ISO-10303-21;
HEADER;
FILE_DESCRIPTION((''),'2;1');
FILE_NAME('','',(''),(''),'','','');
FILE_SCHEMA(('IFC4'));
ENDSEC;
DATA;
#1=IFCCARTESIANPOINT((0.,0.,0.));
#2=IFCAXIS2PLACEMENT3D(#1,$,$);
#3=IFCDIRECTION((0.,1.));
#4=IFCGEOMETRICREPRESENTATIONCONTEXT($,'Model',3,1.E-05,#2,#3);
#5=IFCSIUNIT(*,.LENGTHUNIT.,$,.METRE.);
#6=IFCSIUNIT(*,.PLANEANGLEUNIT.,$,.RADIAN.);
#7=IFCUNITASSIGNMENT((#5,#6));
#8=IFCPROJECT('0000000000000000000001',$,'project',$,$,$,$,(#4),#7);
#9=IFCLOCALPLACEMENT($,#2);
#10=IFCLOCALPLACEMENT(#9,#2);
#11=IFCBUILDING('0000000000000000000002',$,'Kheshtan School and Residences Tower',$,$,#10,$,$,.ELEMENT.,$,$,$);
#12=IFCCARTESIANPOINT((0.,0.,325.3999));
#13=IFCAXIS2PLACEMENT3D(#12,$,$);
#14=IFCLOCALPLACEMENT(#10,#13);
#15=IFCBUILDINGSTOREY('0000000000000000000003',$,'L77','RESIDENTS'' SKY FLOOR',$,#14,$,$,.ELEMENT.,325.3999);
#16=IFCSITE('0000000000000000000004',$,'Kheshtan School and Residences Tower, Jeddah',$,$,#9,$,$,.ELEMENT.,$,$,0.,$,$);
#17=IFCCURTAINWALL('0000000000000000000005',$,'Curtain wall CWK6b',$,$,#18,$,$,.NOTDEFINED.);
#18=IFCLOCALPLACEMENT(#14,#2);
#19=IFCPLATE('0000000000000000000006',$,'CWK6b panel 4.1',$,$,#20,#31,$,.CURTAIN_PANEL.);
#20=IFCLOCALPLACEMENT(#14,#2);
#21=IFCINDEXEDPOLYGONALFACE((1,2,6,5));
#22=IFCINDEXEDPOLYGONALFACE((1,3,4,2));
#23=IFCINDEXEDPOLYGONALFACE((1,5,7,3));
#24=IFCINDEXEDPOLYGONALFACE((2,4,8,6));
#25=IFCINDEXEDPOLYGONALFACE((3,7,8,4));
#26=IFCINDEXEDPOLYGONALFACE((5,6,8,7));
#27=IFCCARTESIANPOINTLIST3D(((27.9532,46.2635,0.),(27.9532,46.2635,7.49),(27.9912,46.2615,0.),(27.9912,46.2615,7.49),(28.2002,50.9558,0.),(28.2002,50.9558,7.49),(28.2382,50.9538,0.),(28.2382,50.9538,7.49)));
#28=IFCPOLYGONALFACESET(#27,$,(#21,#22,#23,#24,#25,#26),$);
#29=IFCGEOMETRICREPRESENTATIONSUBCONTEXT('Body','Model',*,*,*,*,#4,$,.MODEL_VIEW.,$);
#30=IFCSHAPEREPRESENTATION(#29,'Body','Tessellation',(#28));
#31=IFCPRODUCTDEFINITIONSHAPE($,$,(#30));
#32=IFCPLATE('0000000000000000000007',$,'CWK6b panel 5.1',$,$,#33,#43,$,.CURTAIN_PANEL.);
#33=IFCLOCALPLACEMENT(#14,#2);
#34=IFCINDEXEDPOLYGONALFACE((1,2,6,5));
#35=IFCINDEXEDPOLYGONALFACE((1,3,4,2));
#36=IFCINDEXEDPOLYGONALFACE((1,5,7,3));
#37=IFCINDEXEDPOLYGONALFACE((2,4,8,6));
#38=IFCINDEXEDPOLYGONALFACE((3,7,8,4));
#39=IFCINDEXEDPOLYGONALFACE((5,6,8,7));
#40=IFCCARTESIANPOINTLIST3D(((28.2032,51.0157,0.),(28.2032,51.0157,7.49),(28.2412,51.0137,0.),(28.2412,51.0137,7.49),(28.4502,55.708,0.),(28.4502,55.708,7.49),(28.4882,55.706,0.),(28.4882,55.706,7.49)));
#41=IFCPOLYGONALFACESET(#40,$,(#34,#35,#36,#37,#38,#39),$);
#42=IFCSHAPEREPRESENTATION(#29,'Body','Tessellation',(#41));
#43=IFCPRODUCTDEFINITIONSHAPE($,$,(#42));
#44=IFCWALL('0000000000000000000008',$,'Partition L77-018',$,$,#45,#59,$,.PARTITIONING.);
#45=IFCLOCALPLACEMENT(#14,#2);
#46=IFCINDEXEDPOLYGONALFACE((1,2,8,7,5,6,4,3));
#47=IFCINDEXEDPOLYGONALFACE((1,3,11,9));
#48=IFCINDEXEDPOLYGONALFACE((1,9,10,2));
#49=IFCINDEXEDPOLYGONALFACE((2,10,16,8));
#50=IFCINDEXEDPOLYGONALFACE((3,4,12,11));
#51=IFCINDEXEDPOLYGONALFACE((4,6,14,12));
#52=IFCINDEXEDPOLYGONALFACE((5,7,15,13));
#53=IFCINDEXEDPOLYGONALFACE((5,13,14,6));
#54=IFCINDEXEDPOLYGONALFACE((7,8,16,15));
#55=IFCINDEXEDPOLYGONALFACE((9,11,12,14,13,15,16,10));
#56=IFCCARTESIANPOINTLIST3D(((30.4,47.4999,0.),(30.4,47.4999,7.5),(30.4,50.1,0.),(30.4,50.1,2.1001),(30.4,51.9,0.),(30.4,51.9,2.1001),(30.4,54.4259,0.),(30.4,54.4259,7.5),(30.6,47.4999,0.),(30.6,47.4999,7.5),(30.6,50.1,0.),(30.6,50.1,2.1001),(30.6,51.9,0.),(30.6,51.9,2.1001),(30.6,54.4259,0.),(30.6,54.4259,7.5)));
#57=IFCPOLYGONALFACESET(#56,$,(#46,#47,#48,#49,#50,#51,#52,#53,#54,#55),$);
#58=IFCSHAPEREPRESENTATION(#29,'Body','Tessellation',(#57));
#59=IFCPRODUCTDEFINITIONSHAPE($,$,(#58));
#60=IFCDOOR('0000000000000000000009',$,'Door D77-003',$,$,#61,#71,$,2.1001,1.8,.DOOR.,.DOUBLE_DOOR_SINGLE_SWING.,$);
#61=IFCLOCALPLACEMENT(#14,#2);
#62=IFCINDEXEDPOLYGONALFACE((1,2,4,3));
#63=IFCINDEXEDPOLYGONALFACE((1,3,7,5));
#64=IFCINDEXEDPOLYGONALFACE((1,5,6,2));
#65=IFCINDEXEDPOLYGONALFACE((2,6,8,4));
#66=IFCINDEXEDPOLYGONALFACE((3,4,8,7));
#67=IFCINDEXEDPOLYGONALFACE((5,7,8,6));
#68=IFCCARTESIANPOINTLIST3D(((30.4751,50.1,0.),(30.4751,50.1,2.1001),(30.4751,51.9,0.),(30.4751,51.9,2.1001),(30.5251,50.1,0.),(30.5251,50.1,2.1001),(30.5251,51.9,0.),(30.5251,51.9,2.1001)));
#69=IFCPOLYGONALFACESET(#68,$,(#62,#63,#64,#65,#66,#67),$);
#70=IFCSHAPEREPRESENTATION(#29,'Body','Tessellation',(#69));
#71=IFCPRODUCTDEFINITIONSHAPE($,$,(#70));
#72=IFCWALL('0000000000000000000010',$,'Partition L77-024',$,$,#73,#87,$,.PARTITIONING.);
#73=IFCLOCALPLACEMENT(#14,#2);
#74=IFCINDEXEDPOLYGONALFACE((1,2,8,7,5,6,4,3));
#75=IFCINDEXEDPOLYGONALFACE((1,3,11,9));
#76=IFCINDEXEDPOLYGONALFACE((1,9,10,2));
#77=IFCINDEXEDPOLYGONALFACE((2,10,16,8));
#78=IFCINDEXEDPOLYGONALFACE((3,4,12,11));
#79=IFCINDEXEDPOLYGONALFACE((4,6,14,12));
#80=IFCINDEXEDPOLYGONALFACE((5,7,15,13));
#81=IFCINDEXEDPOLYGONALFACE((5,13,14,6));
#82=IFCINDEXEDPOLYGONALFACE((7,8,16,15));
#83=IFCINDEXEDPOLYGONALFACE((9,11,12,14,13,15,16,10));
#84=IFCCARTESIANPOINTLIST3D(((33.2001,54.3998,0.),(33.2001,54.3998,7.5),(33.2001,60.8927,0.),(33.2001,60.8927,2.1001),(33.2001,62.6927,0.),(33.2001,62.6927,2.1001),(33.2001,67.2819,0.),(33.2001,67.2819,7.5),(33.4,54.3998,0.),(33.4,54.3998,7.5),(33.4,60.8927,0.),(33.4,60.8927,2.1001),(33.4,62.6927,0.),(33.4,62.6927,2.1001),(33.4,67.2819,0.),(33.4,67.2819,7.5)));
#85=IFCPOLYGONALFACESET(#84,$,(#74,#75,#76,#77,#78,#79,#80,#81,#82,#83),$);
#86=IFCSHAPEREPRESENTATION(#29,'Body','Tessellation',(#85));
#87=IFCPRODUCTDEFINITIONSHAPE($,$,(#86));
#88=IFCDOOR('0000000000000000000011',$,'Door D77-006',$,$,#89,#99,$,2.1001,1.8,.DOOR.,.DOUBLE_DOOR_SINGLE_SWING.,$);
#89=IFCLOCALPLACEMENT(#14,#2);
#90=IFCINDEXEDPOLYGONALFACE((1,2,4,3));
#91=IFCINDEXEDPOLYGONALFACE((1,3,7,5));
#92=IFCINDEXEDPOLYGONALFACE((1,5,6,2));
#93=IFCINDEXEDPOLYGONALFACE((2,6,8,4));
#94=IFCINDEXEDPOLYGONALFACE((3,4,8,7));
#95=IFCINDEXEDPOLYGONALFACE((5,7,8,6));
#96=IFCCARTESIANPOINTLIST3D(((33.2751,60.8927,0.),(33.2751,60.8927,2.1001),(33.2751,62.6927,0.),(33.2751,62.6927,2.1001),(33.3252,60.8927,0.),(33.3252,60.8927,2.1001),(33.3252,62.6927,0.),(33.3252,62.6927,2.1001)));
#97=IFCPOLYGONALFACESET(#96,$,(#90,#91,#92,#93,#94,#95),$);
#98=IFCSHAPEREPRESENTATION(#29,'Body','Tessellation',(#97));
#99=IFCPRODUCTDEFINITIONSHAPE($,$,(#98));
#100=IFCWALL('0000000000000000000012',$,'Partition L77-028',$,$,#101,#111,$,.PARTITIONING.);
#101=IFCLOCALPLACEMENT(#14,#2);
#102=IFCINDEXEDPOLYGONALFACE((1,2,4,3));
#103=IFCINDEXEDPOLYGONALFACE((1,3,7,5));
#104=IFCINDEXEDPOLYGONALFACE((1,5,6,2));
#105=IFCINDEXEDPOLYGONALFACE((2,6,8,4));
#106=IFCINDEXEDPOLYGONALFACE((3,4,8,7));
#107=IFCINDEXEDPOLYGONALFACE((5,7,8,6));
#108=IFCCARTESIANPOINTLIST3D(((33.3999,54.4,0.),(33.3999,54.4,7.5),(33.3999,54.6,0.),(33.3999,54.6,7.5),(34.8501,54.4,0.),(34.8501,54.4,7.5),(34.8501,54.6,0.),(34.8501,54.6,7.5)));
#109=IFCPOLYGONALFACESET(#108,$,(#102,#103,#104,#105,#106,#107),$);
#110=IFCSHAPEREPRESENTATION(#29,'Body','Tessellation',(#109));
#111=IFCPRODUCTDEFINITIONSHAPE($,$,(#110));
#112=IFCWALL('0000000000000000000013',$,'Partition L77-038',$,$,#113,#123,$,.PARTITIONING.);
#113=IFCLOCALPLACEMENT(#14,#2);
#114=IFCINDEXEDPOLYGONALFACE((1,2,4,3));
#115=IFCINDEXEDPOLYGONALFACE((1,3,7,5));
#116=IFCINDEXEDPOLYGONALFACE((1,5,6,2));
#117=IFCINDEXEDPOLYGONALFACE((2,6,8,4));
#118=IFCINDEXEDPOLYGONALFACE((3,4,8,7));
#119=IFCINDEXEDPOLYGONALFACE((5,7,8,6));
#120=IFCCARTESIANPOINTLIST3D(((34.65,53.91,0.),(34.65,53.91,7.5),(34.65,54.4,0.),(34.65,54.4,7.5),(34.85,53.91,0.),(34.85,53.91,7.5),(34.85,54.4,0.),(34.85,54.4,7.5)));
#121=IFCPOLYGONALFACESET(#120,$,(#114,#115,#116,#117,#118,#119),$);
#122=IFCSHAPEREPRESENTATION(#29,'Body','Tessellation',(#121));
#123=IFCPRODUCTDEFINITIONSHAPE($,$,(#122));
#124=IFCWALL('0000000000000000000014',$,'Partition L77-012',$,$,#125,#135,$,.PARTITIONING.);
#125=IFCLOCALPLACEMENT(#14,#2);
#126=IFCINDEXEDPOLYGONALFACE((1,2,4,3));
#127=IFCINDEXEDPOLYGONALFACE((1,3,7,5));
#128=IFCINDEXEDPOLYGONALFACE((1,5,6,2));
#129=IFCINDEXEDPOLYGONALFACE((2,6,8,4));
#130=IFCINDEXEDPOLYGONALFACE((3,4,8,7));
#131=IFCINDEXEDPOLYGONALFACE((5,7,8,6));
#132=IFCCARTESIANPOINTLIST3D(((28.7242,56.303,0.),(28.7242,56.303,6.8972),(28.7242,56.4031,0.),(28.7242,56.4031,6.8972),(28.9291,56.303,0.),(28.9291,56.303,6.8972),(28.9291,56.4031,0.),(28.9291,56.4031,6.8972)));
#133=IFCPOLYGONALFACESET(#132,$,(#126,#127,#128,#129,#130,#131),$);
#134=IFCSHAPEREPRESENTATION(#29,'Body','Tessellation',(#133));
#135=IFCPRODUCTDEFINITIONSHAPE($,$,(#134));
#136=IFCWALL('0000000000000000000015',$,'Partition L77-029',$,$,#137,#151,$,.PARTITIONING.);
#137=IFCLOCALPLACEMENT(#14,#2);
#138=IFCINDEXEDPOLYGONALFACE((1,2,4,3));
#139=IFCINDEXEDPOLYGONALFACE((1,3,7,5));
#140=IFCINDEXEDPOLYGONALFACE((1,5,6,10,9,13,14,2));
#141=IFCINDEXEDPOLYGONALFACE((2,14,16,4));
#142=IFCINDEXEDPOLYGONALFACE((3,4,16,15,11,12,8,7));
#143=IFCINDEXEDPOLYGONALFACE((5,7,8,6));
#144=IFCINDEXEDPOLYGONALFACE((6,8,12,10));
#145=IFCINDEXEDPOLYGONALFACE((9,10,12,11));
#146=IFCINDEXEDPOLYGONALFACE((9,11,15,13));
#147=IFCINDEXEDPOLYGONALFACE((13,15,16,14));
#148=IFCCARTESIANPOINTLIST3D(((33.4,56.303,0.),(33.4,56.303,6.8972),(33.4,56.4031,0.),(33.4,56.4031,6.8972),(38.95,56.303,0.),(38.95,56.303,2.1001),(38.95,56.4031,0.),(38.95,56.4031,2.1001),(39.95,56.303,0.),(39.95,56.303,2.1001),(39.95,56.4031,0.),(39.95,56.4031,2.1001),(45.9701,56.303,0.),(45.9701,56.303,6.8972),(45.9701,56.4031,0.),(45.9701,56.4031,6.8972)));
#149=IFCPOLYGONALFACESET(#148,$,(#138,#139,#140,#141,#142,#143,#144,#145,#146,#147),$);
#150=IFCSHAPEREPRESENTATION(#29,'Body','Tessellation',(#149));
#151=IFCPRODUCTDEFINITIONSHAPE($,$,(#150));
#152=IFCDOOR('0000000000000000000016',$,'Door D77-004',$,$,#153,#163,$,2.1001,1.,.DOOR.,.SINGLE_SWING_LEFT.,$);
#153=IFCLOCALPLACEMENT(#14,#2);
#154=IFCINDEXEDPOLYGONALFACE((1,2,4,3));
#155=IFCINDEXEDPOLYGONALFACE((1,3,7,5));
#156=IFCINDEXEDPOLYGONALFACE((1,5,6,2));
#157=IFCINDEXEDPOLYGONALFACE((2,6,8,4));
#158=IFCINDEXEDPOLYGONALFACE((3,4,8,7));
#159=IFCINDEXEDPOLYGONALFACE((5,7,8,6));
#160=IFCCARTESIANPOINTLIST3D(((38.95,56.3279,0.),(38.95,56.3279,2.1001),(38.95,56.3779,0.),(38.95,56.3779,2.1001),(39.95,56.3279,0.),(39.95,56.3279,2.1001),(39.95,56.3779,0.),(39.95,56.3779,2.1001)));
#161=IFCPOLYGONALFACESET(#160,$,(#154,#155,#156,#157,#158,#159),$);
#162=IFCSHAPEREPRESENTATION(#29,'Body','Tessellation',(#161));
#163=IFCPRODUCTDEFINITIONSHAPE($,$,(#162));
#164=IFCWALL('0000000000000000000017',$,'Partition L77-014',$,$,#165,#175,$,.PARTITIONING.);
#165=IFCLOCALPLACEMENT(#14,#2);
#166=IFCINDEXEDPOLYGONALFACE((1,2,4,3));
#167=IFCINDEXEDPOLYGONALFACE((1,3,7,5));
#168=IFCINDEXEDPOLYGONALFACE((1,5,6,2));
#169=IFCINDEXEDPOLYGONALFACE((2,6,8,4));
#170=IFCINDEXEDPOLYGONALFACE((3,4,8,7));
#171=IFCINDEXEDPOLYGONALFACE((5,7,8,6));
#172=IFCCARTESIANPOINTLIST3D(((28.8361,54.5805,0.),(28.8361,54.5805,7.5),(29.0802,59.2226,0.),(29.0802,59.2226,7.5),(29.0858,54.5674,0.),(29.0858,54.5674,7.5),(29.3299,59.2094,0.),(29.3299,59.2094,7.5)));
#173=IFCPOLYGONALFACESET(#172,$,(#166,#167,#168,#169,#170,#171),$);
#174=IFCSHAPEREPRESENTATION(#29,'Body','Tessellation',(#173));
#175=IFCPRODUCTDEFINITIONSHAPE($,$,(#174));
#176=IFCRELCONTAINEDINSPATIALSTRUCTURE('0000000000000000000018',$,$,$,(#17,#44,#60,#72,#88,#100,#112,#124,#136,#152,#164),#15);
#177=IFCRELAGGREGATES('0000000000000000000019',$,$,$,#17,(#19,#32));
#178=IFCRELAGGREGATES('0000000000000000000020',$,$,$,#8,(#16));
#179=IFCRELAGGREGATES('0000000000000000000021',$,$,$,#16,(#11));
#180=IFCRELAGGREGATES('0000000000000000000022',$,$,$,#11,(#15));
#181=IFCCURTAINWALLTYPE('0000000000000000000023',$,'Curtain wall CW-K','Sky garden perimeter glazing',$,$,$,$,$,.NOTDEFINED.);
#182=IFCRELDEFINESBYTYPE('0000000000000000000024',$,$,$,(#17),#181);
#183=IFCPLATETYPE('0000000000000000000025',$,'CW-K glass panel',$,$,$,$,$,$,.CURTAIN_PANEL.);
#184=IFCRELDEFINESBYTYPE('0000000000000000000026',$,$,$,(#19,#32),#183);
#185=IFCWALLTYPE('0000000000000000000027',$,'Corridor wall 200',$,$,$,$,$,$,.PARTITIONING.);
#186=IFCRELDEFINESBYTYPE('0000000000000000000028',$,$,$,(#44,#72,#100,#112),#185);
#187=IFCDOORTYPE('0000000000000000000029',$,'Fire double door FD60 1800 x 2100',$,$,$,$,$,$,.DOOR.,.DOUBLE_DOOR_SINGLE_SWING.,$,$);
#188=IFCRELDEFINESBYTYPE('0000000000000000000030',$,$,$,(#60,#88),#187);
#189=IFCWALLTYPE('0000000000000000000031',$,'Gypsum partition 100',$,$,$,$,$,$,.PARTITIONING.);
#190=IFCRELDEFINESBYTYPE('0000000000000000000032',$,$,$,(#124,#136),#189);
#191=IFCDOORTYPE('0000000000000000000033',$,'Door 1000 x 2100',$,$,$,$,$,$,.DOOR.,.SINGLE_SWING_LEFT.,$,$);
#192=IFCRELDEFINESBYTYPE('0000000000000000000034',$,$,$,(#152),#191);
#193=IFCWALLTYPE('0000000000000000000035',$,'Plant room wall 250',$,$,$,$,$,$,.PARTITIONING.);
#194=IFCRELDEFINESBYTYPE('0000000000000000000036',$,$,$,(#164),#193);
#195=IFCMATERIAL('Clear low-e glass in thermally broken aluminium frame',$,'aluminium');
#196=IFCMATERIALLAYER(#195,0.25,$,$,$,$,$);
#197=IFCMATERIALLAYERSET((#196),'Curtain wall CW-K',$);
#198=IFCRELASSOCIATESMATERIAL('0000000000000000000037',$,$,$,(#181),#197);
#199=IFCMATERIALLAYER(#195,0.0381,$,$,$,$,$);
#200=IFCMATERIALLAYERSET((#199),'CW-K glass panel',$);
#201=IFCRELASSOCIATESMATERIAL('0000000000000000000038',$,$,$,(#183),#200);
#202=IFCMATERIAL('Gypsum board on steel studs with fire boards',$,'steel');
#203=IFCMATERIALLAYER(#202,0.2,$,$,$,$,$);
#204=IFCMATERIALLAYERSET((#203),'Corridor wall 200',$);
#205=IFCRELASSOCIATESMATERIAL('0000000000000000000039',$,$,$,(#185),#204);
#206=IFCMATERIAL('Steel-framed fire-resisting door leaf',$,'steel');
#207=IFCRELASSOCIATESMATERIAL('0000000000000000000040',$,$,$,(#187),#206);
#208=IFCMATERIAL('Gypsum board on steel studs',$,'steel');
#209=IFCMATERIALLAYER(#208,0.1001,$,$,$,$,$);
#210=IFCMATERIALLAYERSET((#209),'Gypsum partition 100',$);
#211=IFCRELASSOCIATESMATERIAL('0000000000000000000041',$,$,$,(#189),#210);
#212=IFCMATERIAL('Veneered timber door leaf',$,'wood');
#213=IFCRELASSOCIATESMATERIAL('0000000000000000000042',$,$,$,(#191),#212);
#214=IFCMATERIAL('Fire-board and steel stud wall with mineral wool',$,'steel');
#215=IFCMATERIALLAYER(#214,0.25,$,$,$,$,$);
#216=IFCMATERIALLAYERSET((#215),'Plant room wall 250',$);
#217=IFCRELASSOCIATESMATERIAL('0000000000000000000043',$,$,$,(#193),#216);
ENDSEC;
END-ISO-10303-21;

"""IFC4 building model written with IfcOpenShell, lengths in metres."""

from ifc_helpers import new_model, si_unit, direction, frame, frame_2d, origin, origin_2d, place, context, subcontext, project, spatial, rectangle, extrude, source, transform, mapped, material, layer, layer_set, type_object, element, fill, aggregate, save


model = new_model("IFC4")

# Units and contexts
model_context = context("Model", 3, precision=1e-05, world=origin(), true_north=direction((0.0, 1.0)))
body_context = subcontext(model_context, "Body", "Model", "MODEL_VIEW")
ifc_project = project(units=[si_unit("LENGTHUNIT", "METRE"), si_unit("PLANEANGLEUNIT", "RADIAN")], contexts=[model_context])

# Site, building, storey
site_placement = place(None, origin())
site = spatial("IfcSite", under=ifc_project, at=site_placement, Name="Kheshtan School and Residences Tower, Jeddah", CompositionType="ELEMENT", RefElevation=0.0)
building_placement = place(site_placement, origin())
building = spatial("IfcBuilding", under=site, at=building_placement, Name="Kheshtan School and Residences Tower", CompositionType="ELEMENT")
storey_placement = place(building_placement, frame((0.0, 0.0, 325.3999)))
storey = spatial("IfcBuildingStorey", under=building, at=storey_placement, Name="L77", Description="RESIDENTS' SKY FLOOR", CompositionType="ELEMENT", Elevation=325.3999)

# Curtain wall, plates
ifc_material_1 = material(Name="Clear low-e glass in thermally broken aluminium frame", Category="aluminium")
ifc_layer_1 = layer(ifc_material_1, 0.25)
ifc_layer_set_1 = layer_set([ifc_layer_1], Name="Curtain wall CW-K")
curtain_wall_type = type_object("IfcCurtainWallType", Name="Curtain wall CW-K", Description="Sky garden perimeter glazing", PredefinedType="NOTDEFINED", material=ifc_layer_set_1)
curtain_wall_placement = place(storey_placement, origin())
curtain_wall = element("IfcCurtainWall", 1, at=curtain_wall_placement, inside=storey, type_object=curtain_wall_type, Name="Curtain wall CWK6b", PredefinedType="NOTDEFINED")
ifc_layer_2 = layer(ifc_material_1, 0.0381)
ifc_layer_set_2 = layer_set([ifc_layer_2], Name="CW-K glass panel")
plate_type = type_object("IfcPlateType", Name="CW-K glass panel", PredefinedType="CURTAIN_PANEL", material=ifc_layer_set_2)
plate_1_placement = place(storey_placement, frame((28.0957, 48.6086, 0.0), z_axis=(0.0, 0.0, 1.0), x_axis=(0.052565, 0.998617, 0.0)))
plate_1 = element("IfcPlate", 2, at=plate_1_placement, type_object=plate_type, Name="CWK6b panel 4.1", PredefinedType="CURTAIN_PANEL", context=body_context, shape_type="SweptSolid", body=[
    extrude(rectangle(XDim=4.6987, YDim=0.0381, at=origin_2d()), origin(), (0.0, 0.0, 1.0), 7.49),
])
plate_2_placement = place(storey_placement, frame((28.3457, 53.3608, 0.0), z_axis=(0.0, 0.0, 1.0), x_axis=(0.052565, 0.998617, 0.0)))
plate_2 = element("IfcPlate", 3, at=plate_2_placement, type_object=plate_type, Name="CWK6b panel 5.1", PredefinedType="CURTAIN_PANEL", context=body_context, shape_type="SweptSolid", body=[
    extrude(rectangle(XDim=4.6987, YDim=0.0381, at=origin_2d()), origin(), (0.0, 0.0, 1.0), 7.49),
])
aggregate(curtain_wall, [plate_1, plate_2])

# Walls, openings, doors
ifc_material_2 = material(Name="Gypsum board on steel studs with fire boards", Category="steel")
ifc_layer_3 = layer(ifc_material_2, 0.2)
ifc_layer_set_3 = layer_set([ifc_layer_3], Name="Corridor wall 200")
wall_type_1 = type_object("IfcWallType", Name="Corridor wall 200", PredefinedType="PARTITIONING", material=ifc_layer_set_3)
wall_1_placement = place(storey_placement, frame((30.5, 47.5, 0.0), z_axis=(0.0, 0.0, 1.0), x_axis=(0.0, 1.0, 0.0)))
wall_1 = element("IfcWall", 4, at=wall_1_placement, inside=storey, type_object=wall_type_1, Name="Partition L77-018", PredefinedType="PARTITIONING", context=body_context, shape_type="SweptSolid", body=[
    extrude(rectangle(XDim=6.926, YDim=0.2, at=frame_2d((3.4629, 0.0))), origin(), (0.0, 0.0, 1.0), 7.5),
])
opening_1_placement = place(wall_1_placement, frame((2.6001, 0.0, 0.0)))
opening_1 = element("IfcOpeningElement", 5, at=opening_1_placement, cuts=wall_1, PredefinedType="OPENING", context=body_context, shape_type="SweptSolid", body=[
    extrude(rectangle(XDim=1.8, YDim=2.1001, at=frame_2d((0.8999, 1.05))), frame((0.0, 0.1099, 0.0), z_axis=(0.0, -1.0, 0.0), x_axis=(1.0, 0.0, 0.0)), (0.0, 0.0, 1.0), 0.22),
])
ifc_material_3 = material(Name="Steel-framed fire-resisting door leaf", Category="steel")
door_type_1 = type_object("IfcDoorType", Name="Fire double door FD60 1800 x 2100", OperationType="DOUBLE_DOOR_SINGLE_SWING", PredefinedType="DOOR", material=ifc_material_3)
shared_shape_1 = source(origin(), body_context, "Body", "SweptSolid", [
    extrude(rectangle(XDim=1.8, YDim=2.1001, at=frame_2d((0.8999, 1.05))), frame((0.0, 0.0249, 0.0), z_axis=(0.0, -1.0, 0.0), x_axis=(1.0, 0.0, 0.0)), (0.0, 0.0, 1.0), 0.05),
])
door_1_placement = place(opening_1_placement, origin())
door_1 = element("IfcDoor", 6, at=door_1_placement, inside=storey, type_object=door_type_1, Name="Door D77-003", OperationType="DOUBLE_DOOR_SINGLE_SWING", OverallHeight=2.1001, OverallWidth=1.8, PredefinedType="DOOR", context=body_context, shape_type="MappedRepresentation", body=[
    mapped(shared_shape_1, transform((0.0, 0.0, 0.0), x_axis=(1.0, 0.0, 0.0), y_axis=(0.0, 1.0, 0.0), z_axis=(0.0, 0.0, 1.0), scale=1.0)),
])
fill(opening_1, door_1)
wall_2_placement = place(storey_placement, frame((33.3, 54.3999, 0.0), z_axis=(0.0, 0.0, 1.0), x_axis=(0.0, 1.0, 0.0)))
wall_2 = element("IfcWall", 7, at=wall_2_placement, inside=storey, type_object=wall_type_1, Name="Partition L77-024", PredefinedType="PARTITIONING", context=body_context, shape_type="SweptSolid", body=[
    extrude(rectangle(XDim=12.8821, YDim=0.2, at=frame_2d((6.4409, 0.0))), origin(), (0.0, 0.0, 1.0), 7.5),
])
opening_2_placement = place(wall_2_placement, frame((6.4929, 0.0, 0.0)))
opening_2 = element("IfcOpeningElement", 8, at=opening_2_placement, cuts=wall_2, PredefinedType="OPENING", context=body_context, shape_type="SweptSolid", body=[
    extrude(rectangle(XDim=1.8, YDim=2.1001, at=frame_2d((0.8999, 1.05))), frame((0.0, 0.1099, 0.0), z_axis=(0.0, -1.0, 0.0), x_axis=(1.0, 0.0, 0.0)), (0.0, 0.0, 1.0), 0.22),
])
door_2_placement = place(opening_2_placement, origin())
door_2 = element("IfcDoor", 9, at=door_2_placement, inside=storey, type_object=door_type_1, Name="Door D77-006", OperationType="DOUBLE_DOOR_SINGLE_SWING", OverallHeight=2.1001, OverallWidth=1.8, PredefinedType="DOOR", context=body_context, shape_type="MappedRepresentation", body=[
    mapped(shared_shape_1, transform((0.0, 0.0, 0.0), x_axis=(1.0, 0.0, 0.0), y_axis=(0.0, 1.0, 0.0), z_axis=(0.0, 0.0, 1.0), scale=1.0)),
])
fill(opening_2, door_2)

# Walls
wall_3_placement = place(storey_placement, frame((33.3999, 54.5, 0.0), z_axis=(0.0, 0.0, 1.0), x_axis=(1.0, 0.0, 0.0)))
element("IfcWall", 10, at=wall_3_placement, inside=storey, type_object=wall_type_1, Name="Partition L77-028", PredefinedType="PARTITIONING", context=body_context, shape_type="SweptSolid", body=[
    extrude(rectangle(XDim=1.4502, YDim=0.2, at=frame_2d((0.7251, 0.0))), origin(), (0.0, 0.0, 1.0), 7.5),
])
wall_4_placement = place(storey_placement, frame((34.75, 53.9099, 0.0), z_axis=(0.0, 0.0, 1.0), x_axis=(0.0, 1.0, 0.0)))
element("IfcWall", 11, at=wall_4_placement, inside=storey, type_object=wall_type_1, Name="Partition L77-038", PredefinedType="PARTITIONING", context=body_context, shape_type="SweptSolid", body=[
    extrude(rectangle(XDim=0.49, YDim=0.2, at=frame_2d((0.2451, 0.0))), origin(), (0.0, 0.0, 1.0), 7.5),
])
ifc_material_4 = material(Name="Gypsum board on steel studs", Category="steel")
ifc_layer_4 = layer(ifc_material_4, 0.1001)
ifc_layer_set_4 = layer_set([ifc_layer_4], Name="Gypsum partition 100")
wall_type_2 = type_object("IfcWallType", Name="Gypsum partition 100", PredefinedType="PARTITIONING", material=ifc_layer_set_4)
wall_5_placement = place(storey_placement, frame((28.7241, 56.353, 0.0), z_axis=(0.0, 0.0, 1.0), x_axis=(1.0, 0.0, 0.0)))
element("IfcWall", 12, at=wall_5_placement, inside=storey, type_object=wall_type_2, Name="Partition L77-012", PredefinedType="PARTITIONING", context=body_context, shape_type="SweptSolid", body=[
    extrude(rectangle(XDim=0.2048, YDim=0.1001, at=frame_2d((0.1025, 0.0))), origin(), (0.0, 0.0, 1.0), 6.8972),
])

# Wall, opening, door
wall_6_placement = place(storey_placement, frame((33.3999, 56.353, 0.0), z_axis=(0.0, 0.0, 1.0), x_axis=(1.0, 0.0, 0.0)))
wall_6 = element("IfcWall", 13, at=wall_6_placement, inside=storey, type_object=wall_type_2, Name="Partition L77-029", PredefinedType="PARTITIONING", context=body_context, shape_type="SweptSolid", body=[
    extrude(rectangle(XDim=12.5701, YDim=0.1001, at=frame_2d((6.2852, 0.0))), origin(), (0.0, 0.0, 1.0), 6.8972),
])
opening_3_placement = place(wall_6_placement, frame((5.55, 0.0, 0.0)))
opening_3 = element("IfcOpeningElement", 14, at=opening_3_placement, cuts=wall_6, PredefinedType="OPENING", context=body_context, shape_type="SweptSolid", body=[
    extrude(rectangle(XDim=1.0, YDim=2.1001, at=frame_2d((0.5, 1.05))), frame((0.0, 0.0601, 0.0), z_axis=(0.0, -1.0, 0.0), x_axis=(1.0, 0.0, 0.0)), (0.0, 0.0, 1.0), 0.1201),
])
ifc_material_5 = material(Name="Veneered timber door leaf", Category="wood")
door_type_2 = type_object("IfcDoorType", Name="Door 1000 x 2100", OperationType="SINGLE_SWING_LEFT", PredefinedType="DOOR", material=ifc_material_5)
shared_shape_2 = source(origin(), body_context, "Body", "SweptSolid", [
    extrude(rectangle(XDim=1.0, YDim=2.1001, at=frame_2d((0.5, 1.05))), frame((0.0, 0.0249, 0.0), z_axis=(0.0, -1.0, 0.0), x_axis=(1.0, 0.0, 0.0)), (0.0, 0.0, 1.0), 0.05),
])
door_3_placement = place(opening_3_placement, origin())
door_3 = element("IfcDoor", 15, at=door_3_placement, inside=storey, type_object=door_type_2, Name="Door D77-004", OperationType="SINGLE_SWING_LEFT", OverallHeight=2.1001, OverallWidth=1.0, PredefinedType="DOOR", context=body_context, shape_type="MappedRepresentation", body=[
    mapped(shared_shape_2, transform((0.0, 0.0, 0.0), x_axis=(1.0, 0.0, 0.0), y_axis=(0.0, 1.0, 0.0), z_axis=(0.0, 0.0, 1.0), scale=1.0)),
])
fill(opening_3, door_3)

# Wall
ifc_material_6 = material(Name="Fire-board and steel stud wall with mineral wool", Category="steel")
ifc_layer_5 = layer(ifc_material_6, 0.25)
ifc_layer_set_5 = layer_set([ifc_layer_5], Name="Plant room wall 250")
wall_type_3 = type_object("IfcWallType", Name="Plant room wall 250", PredefinedType="PARTITIONING", material=ifc_layer_set_5)
wall_7_placement = place(storey_placement, frame((28.9609, 54.574, 0.0), z_axis=(0.0, 0.0, 1.0), x_axis=(0.05252, 0.99862, 0.0)))
element("IfcWall", 16, at=wall_7_placement, inside=storey, type_object=wall_type_3, Name="Partition L77-014", PredefinedType="PARTITIONING", context=body_context, shape_type="SweptSolid", body=[
    extrude(rectangle(XDim=4.6484, YDim=0.25, at=frame_2d((2.3242, 0.0))), origin(), (0.0, 0.0, 1.0), 7.5),
])

save(model, "model.ifc")
